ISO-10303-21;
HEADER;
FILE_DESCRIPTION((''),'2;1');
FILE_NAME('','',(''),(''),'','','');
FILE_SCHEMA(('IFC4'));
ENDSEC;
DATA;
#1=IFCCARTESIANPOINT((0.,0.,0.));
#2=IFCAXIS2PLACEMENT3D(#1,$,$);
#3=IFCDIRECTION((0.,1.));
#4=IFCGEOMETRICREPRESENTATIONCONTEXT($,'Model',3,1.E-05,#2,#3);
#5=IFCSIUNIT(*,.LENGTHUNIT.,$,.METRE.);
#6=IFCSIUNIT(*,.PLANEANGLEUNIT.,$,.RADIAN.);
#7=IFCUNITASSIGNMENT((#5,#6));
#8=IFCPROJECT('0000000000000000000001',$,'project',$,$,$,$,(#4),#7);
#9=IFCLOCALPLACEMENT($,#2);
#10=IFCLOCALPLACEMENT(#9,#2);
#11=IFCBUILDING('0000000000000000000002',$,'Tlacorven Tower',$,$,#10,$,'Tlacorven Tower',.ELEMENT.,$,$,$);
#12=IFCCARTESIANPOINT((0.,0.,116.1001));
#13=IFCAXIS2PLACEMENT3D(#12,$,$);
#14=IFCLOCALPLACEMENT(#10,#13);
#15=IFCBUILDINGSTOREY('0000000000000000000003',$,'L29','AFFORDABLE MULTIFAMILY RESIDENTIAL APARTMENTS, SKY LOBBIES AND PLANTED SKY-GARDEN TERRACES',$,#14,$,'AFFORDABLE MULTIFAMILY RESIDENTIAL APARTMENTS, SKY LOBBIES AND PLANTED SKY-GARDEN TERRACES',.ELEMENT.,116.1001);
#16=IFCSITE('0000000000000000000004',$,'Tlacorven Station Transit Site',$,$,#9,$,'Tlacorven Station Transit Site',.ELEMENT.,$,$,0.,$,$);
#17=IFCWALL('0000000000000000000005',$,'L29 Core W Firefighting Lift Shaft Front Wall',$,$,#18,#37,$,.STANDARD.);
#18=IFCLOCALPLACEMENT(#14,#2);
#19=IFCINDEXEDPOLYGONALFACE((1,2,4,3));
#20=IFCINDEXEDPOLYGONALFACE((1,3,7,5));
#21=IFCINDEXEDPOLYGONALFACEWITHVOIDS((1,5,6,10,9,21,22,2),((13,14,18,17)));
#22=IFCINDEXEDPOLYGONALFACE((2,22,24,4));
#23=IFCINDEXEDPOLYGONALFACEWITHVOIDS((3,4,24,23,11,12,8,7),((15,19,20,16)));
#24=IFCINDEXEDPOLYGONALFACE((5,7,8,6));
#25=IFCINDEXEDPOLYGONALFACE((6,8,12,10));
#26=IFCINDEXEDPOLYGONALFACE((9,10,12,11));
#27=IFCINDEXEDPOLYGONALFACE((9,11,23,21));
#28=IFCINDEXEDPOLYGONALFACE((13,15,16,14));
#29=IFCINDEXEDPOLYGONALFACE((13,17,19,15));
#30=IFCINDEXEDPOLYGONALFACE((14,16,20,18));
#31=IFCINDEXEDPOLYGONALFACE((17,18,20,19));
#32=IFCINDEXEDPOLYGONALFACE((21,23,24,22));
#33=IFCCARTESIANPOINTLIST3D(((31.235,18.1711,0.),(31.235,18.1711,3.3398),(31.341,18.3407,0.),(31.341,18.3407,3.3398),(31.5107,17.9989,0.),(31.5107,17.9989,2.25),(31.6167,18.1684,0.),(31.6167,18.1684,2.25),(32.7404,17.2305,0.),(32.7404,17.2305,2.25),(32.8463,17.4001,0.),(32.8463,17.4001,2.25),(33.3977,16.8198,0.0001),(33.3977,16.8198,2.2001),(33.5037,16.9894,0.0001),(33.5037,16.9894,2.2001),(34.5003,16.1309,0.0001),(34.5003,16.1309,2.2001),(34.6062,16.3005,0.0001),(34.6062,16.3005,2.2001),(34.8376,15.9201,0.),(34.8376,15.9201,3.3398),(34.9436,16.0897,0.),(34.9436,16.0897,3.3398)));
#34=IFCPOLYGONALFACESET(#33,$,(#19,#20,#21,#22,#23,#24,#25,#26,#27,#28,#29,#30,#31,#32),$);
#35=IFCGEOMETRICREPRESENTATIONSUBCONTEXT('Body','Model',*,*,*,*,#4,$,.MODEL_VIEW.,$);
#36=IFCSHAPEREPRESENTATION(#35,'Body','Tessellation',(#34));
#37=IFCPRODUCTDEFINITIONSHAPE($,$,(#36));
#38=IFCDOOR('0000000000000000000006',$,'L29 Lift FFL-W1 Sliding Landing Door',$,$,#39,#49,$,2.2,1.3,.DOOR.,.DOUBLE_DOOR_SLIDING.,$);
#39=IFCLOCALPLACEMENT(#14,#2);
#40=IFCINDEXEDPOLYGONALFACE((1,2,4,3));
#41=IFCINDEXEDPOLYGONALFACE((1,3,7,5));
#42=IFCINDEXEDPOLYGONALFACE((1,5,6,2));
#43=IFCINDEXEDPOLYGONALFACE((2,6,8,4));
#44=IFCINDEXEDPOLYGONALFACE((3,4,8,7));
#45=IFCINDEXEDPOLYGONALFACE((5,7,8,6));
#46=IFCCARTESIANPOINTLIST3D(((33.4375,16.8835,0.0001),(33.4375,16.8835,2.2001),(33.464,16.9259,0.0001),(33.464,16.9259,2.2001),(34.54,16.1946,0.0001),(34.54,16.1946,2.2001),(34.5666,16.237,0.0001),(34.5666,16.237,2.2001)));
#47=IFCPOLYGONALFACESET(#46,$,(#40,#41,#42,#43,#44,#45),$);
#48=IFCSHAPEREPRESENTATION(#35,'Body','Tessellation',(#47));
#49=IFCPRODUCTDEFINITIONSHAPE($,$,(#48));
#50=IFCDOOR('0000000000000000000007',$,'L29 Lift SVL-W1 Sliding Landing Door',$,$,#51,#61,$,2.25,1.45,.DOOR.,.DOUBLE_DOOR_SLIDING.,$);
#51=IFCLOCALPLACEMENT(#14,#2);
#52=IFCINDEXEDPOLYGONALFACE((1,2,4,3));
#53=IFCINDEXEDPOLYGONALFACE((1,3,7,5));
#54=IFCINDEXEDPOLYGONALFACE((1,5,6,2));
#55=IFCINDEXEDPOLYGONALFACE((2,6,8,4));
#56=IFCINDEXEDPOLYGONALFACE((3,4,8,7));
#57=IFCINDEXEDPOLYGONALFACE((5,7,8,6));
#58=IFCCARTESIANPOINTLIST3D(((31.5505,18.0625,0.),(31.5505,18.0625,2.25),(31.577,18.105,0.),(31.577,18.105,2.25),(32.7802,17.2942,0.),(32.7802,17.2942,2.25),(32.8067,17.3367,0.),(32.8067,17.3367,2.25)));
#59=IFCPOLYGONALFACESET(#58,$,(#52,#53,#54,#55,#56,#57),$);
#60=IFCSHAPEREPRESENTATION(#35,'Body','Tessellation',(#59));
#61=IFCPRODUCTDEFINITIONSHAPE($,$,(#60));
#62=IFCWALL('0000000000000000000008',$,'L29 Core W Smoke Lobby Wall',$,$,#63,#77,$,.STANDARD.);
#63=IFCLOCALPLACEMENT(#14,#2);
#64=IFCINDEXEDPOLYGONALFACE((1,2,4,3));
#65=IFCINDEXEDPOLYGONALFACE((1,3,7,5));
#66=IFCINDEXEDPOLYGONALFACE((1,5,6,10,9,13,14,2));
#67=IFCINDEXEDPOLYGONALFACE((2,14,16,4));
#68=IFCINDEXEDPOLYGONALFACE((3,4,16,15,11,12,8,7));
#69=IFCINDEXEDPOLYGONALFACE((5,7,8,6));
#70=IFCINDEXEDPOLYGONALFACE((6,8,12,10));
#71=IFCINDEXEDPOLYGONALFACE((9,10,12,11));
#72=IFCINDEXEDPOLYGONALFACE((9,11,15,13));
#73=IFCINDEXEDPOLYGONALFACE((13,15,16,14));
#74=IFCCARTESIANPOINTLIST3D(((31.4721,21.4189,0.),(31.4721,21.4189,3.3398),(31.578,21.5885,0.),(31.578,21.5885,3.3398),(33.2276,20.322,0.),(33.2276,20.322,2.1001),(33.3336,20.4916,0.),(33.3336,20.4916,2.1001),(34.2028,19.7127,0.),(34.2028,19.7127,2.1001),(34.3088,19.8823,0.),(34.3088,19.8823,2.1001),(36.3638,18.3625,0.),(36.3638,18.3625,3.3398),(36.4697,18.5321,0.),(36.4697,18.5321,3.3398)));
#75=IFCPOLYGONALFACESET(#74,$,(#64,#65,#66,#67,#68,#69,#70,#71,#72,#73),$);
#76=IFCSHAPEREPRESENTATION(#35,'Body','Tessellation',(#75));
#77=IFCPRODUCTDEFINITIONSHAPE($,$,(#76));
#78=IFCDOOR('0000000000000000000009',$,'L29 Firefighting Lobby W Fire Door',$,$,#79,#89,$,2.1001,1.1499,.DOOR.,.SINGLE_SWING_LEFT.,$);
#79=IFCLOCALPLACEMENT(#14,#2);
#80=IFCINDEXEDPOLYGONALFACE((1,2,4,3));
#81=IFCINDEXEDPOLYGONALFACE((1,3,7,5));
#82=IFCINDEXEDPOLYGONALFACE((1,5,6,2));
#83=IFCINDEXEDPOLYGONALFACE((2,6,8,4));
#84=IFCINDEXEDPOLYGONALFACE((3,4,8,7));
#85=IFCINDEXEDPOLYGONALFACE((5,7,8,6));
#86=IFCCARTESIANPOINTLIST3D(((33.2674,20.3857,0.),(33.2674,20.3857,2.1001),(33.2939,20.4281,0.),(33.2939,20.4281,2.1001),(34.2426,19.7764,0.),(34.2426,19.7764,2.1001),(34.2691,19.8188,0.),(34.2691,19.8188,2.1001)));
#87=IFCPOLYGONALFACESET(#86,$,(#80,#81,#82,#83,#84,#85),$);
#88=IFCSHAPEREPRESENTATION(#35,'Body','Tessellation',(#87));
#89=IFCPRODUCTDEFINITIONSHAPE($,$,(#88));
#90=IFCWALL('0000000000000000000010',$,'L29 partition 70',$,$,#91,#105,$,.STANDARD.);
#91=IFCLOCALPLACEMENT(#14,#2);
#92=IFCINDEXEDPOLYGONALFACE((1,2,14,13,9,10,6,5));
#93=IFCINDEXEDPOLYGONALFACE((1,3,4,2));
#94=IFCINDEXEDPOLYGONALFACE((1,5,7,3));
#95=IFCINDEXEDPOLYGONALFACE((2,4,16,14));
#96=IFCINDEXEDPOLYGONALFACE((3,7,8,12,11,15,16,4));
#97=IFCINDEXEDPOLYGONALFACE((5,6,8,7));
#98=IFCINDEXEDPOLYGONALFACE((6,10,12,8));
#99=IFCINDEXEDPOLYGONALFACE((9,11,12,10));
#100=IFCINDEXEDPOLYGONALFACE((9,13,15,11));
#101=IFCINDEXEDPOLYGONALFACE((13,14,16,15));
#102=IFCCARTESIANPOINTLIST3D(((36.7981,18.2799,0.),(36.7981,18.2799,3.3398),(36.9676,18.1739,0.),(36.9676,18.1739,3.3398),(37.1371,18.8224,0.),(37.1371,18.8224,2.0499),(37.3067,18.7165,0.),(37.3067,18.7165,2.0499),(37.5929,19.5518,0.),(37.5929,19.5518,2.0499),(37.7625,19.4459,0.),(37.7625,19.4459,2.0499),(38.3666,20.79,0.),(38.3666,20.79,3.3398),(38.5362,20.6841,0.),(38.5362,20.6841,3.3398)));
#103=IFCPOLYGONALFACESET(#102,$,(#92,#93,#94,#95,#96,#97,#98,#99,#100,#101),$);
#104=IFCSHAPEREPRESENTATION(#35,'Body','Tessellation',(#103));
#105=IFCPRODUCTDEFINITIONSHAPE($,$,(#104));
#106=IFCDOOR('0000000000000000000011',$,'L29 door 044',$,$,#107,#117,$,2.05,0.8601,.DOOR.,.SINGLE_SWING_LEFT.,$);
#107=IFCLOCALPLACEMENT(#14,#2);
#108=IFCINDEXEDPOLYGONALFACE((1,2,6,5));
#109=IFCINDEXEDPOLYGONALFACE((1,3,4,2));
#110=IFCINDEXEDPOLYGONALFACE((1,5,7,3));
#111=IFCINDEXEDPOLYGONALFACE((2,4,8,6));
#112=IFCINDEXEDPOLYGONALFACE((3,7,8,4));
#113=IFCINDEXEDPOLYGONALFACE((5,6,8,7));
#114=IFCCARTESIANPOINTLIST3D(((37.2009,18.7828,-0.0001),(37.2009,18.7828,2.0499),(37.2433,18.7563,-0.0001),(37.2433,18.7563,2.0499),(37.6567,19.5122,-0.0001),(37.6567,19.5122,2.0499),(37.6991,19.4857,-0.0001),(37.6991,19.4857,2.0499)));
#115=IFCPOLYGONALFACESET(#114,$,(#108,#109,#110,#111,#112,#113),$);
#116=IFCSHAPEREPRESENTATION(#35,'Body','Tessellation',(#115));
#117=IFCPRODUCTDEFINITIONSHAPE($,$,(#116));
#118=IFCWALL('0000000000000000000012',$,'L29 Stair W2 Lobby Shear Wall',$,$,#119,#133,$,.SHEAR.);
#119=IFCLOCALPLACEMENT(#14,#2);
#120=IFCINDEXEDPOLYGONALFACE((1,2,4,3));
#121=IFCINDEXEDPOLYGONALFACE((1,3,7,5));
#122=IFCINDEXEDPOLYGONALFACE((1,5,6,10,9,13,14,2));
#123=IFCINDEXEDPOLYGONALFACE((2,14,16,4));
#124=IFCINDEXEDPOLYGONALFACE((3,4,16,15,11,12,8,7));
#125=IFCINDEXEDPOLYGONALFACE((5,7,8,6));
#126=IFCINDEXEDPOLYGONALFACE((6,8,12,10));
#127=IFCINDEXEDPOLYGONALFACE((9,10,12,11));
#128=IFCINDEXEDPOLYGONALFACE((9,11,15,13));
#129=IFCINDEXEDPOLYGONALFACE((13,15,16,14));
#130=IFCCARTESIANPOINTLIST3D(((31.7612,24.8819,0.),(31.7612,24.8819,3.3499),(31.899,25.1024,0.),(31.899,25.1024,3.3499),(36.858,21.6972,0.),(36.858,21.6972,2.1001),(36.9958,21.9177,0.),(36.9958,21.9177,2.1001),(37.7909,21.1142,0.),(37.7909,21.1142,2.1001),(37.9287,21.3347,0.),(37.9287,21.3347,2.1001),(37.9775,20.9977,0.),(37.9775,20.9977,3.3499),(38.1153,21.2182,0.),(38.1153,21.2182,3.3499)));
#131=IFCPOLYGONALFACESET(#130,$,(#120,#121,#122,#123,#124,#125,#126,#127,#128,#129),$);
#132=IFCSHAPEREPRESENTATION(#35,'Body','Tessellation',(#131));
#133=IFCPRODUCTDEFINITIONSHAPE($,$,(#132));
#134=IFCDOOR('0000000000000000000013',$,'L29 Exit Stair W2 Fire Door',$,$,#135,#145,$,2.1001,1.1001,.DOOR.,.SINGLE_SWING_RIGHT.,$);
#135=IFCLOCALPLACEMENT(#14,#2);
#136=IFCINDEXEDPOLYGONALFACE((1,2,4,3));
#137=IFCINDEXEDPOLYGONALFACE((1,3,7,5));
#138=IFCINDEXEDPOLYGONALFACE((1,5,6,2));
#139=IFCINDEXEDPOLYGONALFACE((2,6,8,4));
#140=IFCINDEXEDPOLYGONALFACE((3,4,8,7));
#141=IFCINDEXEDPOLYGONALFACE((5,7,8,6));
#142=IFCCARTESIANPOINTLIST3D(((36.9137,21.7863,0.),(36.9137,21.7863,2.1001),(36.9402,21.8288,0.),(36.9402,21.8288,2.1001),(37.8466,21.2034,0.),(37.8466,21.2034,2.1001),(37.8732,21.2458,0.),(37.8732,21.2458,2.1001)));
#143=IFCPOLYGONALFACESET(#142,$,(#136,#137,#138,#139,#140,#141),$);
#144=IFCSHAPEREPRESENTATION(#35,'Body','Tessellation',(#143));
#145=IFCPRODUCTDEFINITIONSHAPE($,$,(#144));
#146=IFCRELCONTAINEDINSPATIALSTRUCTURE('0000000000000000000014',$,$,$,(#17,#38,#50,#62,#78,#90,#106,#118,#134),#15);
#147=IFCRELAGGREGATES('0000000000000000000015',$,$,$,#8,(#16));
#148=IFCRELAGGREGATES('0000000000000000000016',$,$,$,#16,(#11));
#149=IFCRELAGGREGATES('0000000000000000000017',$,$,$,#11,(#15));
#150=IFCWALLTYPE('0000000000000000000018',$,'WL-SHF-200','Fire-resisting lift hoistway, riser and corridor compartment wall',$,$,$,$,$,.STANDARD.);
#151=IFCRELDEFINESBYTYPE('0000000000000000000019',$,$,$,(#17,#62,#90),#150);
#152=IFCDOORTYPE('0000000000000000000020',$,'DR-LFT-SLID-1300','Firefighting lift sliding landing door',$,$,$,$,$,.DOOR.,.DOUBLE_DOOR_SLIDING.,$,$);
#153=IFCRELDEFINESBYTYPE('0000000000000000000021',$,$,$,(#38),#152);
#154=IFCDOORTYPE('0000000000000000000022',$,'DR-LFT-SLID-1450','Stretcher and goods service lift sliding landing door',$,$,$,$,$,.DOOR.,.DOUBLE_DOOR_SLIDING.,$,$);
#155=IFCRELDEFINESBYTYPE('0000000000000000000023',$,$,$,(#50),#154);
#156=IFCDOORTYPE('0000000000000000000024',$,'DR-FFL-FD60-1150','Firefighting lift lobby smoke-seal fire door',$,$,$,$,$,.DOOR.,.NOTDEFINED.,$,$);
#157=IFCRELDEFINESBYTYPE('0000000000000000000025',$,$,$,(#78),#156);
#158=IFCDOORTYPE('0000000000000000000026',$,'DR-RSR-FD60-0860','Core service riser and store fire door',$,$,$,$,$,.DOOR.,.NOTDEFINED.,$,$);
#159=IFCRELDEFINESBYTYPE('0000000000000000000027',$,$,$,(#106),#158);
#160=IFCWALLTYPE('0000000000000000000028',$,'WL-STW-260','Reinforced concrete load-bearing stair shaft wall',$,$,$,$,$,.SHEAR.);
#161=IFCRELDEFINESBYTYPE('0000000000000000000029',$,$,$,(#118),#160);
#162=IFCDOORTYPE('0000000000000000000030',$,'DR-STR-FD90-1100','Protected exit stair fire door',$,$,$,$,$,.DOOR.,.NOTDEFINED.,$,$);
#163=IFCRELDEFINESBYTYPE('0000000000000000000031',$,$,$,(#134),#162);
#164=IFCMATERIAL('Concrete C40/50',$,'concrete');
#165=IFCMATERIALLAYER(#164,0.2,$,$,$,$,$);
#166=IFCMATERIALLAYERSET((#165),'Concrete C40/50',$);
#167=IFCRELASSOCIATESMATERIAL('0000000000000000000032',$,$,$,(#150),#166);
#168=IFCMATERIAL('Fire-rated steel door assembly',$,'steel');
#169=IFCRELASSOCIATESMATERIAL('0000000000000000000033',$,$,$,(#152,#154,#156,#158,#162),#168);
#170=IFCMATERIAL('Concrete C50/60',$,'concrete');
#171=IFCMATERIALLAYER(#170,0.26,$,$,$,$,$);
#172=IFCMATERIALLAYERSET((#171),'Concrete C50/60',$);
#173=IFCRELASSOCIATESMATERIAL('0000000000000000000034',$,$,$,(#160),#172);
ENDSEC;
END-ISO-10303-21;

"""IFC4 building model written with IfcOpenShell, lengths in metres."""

from ifc_helpers import new_model, si_unit, direction, frame, frame_2d, origin, place, context, subcontext, project, spatial, rectangle, extrude, source, transform, mapped, material, layer, layer_set, type_object, element, fill, save


model = new_model("IFC4")

# Units and contexts
model_context = context("Model", 3, precision=1e-05, world=origin(), true_north=direction((0.0, 1.0)))
body_context = subcontext(model_context, "Body", "Model", "MODEL_VIEW")
ifc_project = project(units=[si_unit("LENGTHUNIT", "METRE"), si_unit("PLANEANGLEUNIT", "RADIAN")], contexts=[model_context])

# Site, building, storey
site_placement = place(None, origin())
site = spatial("IfcSite", under=ifc_project, at=site_placement, Name="Tlacorven Station Transit Site", LongName="Tlacorven Station Transit Site", CompositionType="ELEMENT", RefElevation=0.0)
building_placement = place(site_placement, origin())
building = spatial("IfcBuilding", under=site, at=building_placement, Name="Tlacorven Tower", LongName="Tlacorven Tower", CompositionType="ELEMENT")
storey_placement = place(building_placement, frame((0.0, 0.0, 116.1001)))
storey = spatial("IfcBuildingStorey", under=building, at=storey_placement, Name="L29", Description="AFFORDABLE MULTIFAMILY RESIDENTIAL APARTMENTS, SKY LOBBIES AND PLANTED SKY-GARDEN TERRACES", LongName="AFFORDABLE MULTIFAMILY RESIDENTIAL APARTMENTS, SKY LOBBIES AND PLANTED SKY-GARDEN TERRACES", CompositionType="ELEMENT", Elevation=116.1001)

# Shared definitions
ifc_material_1 = material(Name="Fire-rated steel door assembly", Category="steel")

# Wall, openings, doors
ifc_material_2 = material(Name="Concrete C40/50", Category="concrete")
ifc_layer_1 = layer(ifc_material_2, 0.2)
ifc_layer_set_1 = layer_set([ifc_layer_1], Name="Concrete C40/50")
wall_type_1 = type_object("IfcWallType", Name="WL-SHF-200", Description="Fire-resisting lift hoistway, riser and corridor compartment wall", PredefinedType="STANDARD", material=ifc_layer_set_1)
wall_1_placement = place(storey_placement, frame((34.8906, 16.0049, 0.0), z_axis=(0.0, 0.0, 1.0), x_axis=(-0.848063, 0.529896, 0.0)))
wall_1 = element("IfcWall", 1, at=wall_1_placement, inside=storey, type_object=wall_type_1, Name="L29 Core W Firefighting Lift Shaft Front Wall", PredefinedType="STANDARD", context=body_context, shape_type="SweptSolid", body=[
    extrude(rectangle(XDim=4.248, YDim=0.2, at=frame_2d((2.124, 0.0))), origin(), (0.0, 0.0, 1.0), 3.3398),
])
opening_1_placement = place(wall_1_placement, frame((0.3979, 0.0, 0.0)))
opening_1 = element("IfcOpeningElement", 2, at=opening_1_placement, cuts=wall_1, PredefinedType="OPENING", context=body_context, shape_type="SweptSolid", body=[
    extrude(rectangle(XDim=1.3, YDim=2.2, at=frame_2d((0.6499, 1.1001))), frame((0.0, 0.1099, 0.0), z_axis=(0.0, -1.0, 0.0), x_axis=(1.0, 0.0, 0.0)), (0.0, 0.0, 1.0), 0.22),
])
opening_2_placement = place(wall_1_placement, frame((2.4729, 0.0, 0.0)))
opening_2 = element("IfcOpeningElement", 3, at=opening_2_placement, cuts=wall_1, PredefinedType="OPENING", context=body_context, shape_type="SweptSolid", body=[
    extrude(rectangle(XDim=1.45, YDim=2.25, at=frame_2d((0.7251, 1.125))), frame((0.0, 0.1099, 0.0), z_axis=(0.0, -1.0, 0.0), x_axis=(1.0, 0.0, 0.0)), (0.0, 0.0, 1.0), 0.22),
])
door_type_1 = type_object("IfcDoorType", Name="DR-LFT-SLID-1300", Description="Firefighting lift sliding landing door", OperationType="DOUBLE_DOOR_SLIDING", PredefinedType="DOOR", material=ifc_material_1)
shared_shape_1 = source(origin(), body_context, "Body", "SweptSolid", [
    extrude(rectangle(XDim=1.3, YDim=2.2, at=frame_2d((0.6499, 1.1001))), frame((0.0, 0.0249, 0.0), z_axis=(0.0, -1.0, 0.0), x_axis=(1.0, 0.0, 0.0)), (0.0, 0.0, 1.0), 0.05),
])
door_1_placement = place(opening_1_placement, origin())
door_1 = element("IfcDoor", 4, at=door_1_placement, inside=storey, type_object=door_type_1, Name="L29 Lift FFL-W1 Sliding Landing Door", OperationType="DOUBLE_DOOR_SLIDING", OverallHeight=2.2, OverallWidth=1.3, PredefinedType="DOOR", context=body_context, shape_type="MappedRepresentation", body=[
    mapped(shared_shape_1, transform((0.0, 0.0, 0.0), scale=1.0)),
])
fill(opening_1, door_1)
door_type_2 = type_object("IfcDoorType", Name="DR-LFT-SLID-1450", Description="Stretcher and goods service lift sliding landing door", OperationType="DOUBLE_DOOR_SLIDING", PredefinedType="DOOR", material=ifc_material_1)
shared_shape_2 = source(origin(), body_context, "Body", "SweptSolid", [
    extrude(rectangle(XDim=1.45, YDim=2.25, at=frame_2d((0.7251, 1.125))), frame((0.0, 0.0249, 0.0), z_axis=(0.0, -1.0, 0.0), x_axis=(1.0, 0.0, 0.0)), (0.0, 0.0, 1.0), 0.05),
])
door_2_placement = place(opening_2_placement, origin())
door_2 = element("IfcDoor", 5, at=door_2_placement, inside=storey, type_object=door_type_2, Name="L29 Lift SVL-W1 Sliding Landing Door", OperationType="DOUBLE_DOOR_SLIDING", OverallHeight=2.25, OverallWidth=1.45, PredefinedType="DOOR", context=body_context, shape_type="MappedRepresentation", body=[
    mapped(shared_shape_2, transform((0.0, 0.0, 0.0), scale=1.0)),
])
fill(opening_2, door_2)

# Walls, openings, doors
wall_2_placement = place(storey_placement, frame((36.4167, 18.4473, 0.0), z_axis=(0.0, 0.0, 1.0), x_axis=(-0.848065, 0.529892, 0.0)))
wall_2 = element("IfcWall", 6, at=wall_2_placement, inside=storey, type_object=wall_type_1, Name="L29 Core W Smoke Lobby Wall", PredefinedType="STANDARD", context=body_context, shape_type="SweptSolid", body=[
    extrude(rectangle(XDim=5.7681, YDim=0.2, at=frame_2d((2.884, 0.0))), origin(), (0.0, 0.0, 1.0), 3.3398),
])
opening_3_placement = place(wall_2_placement, frame((2.5481, 0.0, 0.0)))
opening_3 = element("IfcOpeningElement", 7, at=opening_3_placement, cuts=wall_2, PredefinedType="OPENING", context=body_context, shape_type="SweptSolid", body=[
    extrude(rectangle(XDim=1.1499, YDim=2.1001, at=frame_2d((0.575, 1.05))), frame((0.0, 0.1099, 0.0), z_axis=(0.0, -1.0, 0.0), x_axis=(1.0, 0.0, 0.0)), (0.0, 0.0, 1.0), 0.22),
])
door_type_3 = type_object("IfcDoorType", Name="DR-FFL-FD60-1150", Description="Firefighting lift lobby smoke-seal fire door", OperationType="NOTDEFINED", PredefinedType="DOOR", material=ifc_material_1)
shared_shape_3 = source(origin(), body_context, "Body", "SweptSolid", [
    extrude(rectangle(XDim=1.1499, YDim=2.1001, at=frame_2d((0.575, 1.05))), frame((0.0, 0.0249, 0.0), z_axis=(0.0, -1.0, 0.0), x_axis=(1.0, 0.0, 0.0)), (0.0, 0.0, 1.0), 0.05),
])
door_3_placement = place(opening_3_placement, origin())
door_3 = element("IfcDoor", 8, at=door_3_placement, inside=storey, type_object=door_type_3, Name="L29 Firefighting Lobby W Fire Door", OperationType="SINGLE_SWING_LEFT", OverallHeight=2.1001, OverallWidth=1.1499, PredefinedType="DOOR", context=body_context, shape_type="MappedRepresentation", body=[
    mapped(shared_shape_3, transform((0.0, 0.0, 0.0), scale=1.0)),
])
fill(opening_3, door_3)
wall_3_placement = place(storey_placement, frame((38.4514, 20.7371, 0.0), z_axis=(0.0, 0.0, 1.0), x_axis=(-0.529925, -0.848045, 0.0)))
wall_3 = element("IfcWall", 9, at=wall_3_placement, inside=storey, type_object=wall_type_1, Name="L29 partition 70", PredefinedType="STANDARD", context=body_context, shape_type="SweptSolid", body=[
    extrude(rectangle(XDim=2.96, YDim=0.2, at=frame_2d((1.48, 0.0))), origin(), (0.0, 0.0, 1.0), 3.3398),
])
opening_4_placement = place(wall_3_placement, frame((1.46, 0.0, 0.0)))
opening_4 = element("IfcOpeningElement", 10, at=opening_4_placement, cuts=wall_3, PredefinedType="OPENING", context=body_context, shape_type="SweptSolid", body=[
    extrude(rectangle(XDim=0.8601, YDim=2.05, at=frame_2d((0.4302, 1.0249))), frame((0.0, 0.1099, 0.0), z_axis=(0.0, -1.0, 0.0), x_axis=(1.0, 0.0, 0.0)), (0.0, 0.0, 1.0), 0.22),
])
door_type_4 = type_object("IfcDoorType", Name="DR-RSR-FD60-0860", Description="Core service riser and store fire door", OperationType="NOTDEFINED", PredefinedType="DOOR", material=ifc_material_1)
shared_shape_4 = source(origin(), body_context, "Body", "SweptSolid", [
    extrude(rectangle(XDim=0.8601, YDim=2.05, at=frame_2d((0.4302, 1.0249))), frame((0.0, 0.0249, 0.0), z_axis=(0.0, -1.0, 0.0), x_axis=(1.0, 0.0, 0.0)), (0.0, 0.0, 1.0), 0.05),
])
door_4_placement = place(opening_4_placement, frame((0.8601, 0.0, 0.0), z_axis=(0.0, 0.0, 1.0), x_axis=(-1.0, 0.0, 0.0)))
door_4 = element("IfcDoor", 11, at=door_4_placement, inside=storey, type_object=door_type_4, Name="L29 door 044", OperationType="SINGLE_SWING_LEFT", OverallHeight=2.05, OverallWidth=0.8601, PredefinedType="DOOR", context=body_context, shape_type="MappedRepresentation", body=[
    mapped(shared_shape_4, transform((0.0, 0.0, 0.0), scale=1.0)),
])
fill(opening_4, door_4)
ifc_material_3 = material(Name="Concrete C50/60", Category="concrete")
ifc_layer_2 = layer(ifc_material_3, 0.26)
ifc_layer_set_2 = layer_set([ifc_layer_2], Name="Concrete C50/60")
wall_type_2 = type_object("IfcWallType", Name="WL-STW-260", Description="Reinforced concrete load-bearing stair shaft wall", PredefinedType="SHEAR", material=ifc_layer_set_2)
wall_4_placement = place(storey_placement, frame((38.0464, 21.1079, 0.0), z_axis=(0.0, 0.0, 1.0), x_axis=(-0.848054, 0.529909, 0.0)))
wall_4 = element("IfcWall", 12, at=wall_4_placement, inside=storey, type_object=wall_type_2, Name="L29 Stair W2 Lobby Shear Wall", PredefinedType="SHEAR", context=body_context, shape_type="SweptSolid", body=[
    extrude(rectangle(XDim=7.3301, YDim=0.26, at=frame_2d((3.665, 0.0))), origin(), (0.0, 0.0, 1.0), 3.3499),
])
opening_5_placement = place(wall_4_placement, frame((0.22, 0.0, 0.0)))
opening_5 = element("IfcOpeningElement", 13, at=opening_5_placement, cuts=wall_4, PredefinedType="OPENING", context=body_context, shape_type="SweptSolid", body=[
    extrude(rectangle(XDim=1.1001, YDim=2.1001, at=frame_2d((0.55, 1.05))), frame((0.0, 0.1401, 0.0), z_axis=(0.0, -1.0, 0.0), x_axis=(1.0, 0.0, 0.0)), (0.0, 0.0, 1.0), 0.28),
])
door_type_5 = type_object("IfcDoorType", Name="DR-STR-FD90-1100", Description="Protected exit stair fire door", OperationType="NOTDEFINED", PredefinedType="DOOR", material=ifc_material_1)
shared_shape_5 = source(origin(), body_context, "Body", "SweptSolid", [
    extrude(rectangle(XDim=1.1001, YDim=2.1001, at=frame_2d((0.55, 1.05))), frame((0.0, 0.0249, 0.0), z_axis=(0.0, -1.0, 0.0), x_axis=(1.0, 0.0, 0.0)), (0.0, 0.0, 1.0), 0.05),
])
door_5_placement = place(opening_5_placement, origin())
door_5 = element("IfcDoor", 14, at=door_5_placement, inside=storey, type_object=door_type_5, Name="L29 Exit Stair W2 Fire Door", OperationType="SINGLE_SWING_RIGHT", OverallHeight=2.1001, OverallWidth=1.1001, PredefinedType="DOOR", context=body_context, shape_type="MappedRepresentation", body=[
    mapped(shared_shape_5, transform((0.0, 0.0, 0.0), scale=1.0)),
])
fill(opening_5, door_5)

save(model, "model.ifc")
